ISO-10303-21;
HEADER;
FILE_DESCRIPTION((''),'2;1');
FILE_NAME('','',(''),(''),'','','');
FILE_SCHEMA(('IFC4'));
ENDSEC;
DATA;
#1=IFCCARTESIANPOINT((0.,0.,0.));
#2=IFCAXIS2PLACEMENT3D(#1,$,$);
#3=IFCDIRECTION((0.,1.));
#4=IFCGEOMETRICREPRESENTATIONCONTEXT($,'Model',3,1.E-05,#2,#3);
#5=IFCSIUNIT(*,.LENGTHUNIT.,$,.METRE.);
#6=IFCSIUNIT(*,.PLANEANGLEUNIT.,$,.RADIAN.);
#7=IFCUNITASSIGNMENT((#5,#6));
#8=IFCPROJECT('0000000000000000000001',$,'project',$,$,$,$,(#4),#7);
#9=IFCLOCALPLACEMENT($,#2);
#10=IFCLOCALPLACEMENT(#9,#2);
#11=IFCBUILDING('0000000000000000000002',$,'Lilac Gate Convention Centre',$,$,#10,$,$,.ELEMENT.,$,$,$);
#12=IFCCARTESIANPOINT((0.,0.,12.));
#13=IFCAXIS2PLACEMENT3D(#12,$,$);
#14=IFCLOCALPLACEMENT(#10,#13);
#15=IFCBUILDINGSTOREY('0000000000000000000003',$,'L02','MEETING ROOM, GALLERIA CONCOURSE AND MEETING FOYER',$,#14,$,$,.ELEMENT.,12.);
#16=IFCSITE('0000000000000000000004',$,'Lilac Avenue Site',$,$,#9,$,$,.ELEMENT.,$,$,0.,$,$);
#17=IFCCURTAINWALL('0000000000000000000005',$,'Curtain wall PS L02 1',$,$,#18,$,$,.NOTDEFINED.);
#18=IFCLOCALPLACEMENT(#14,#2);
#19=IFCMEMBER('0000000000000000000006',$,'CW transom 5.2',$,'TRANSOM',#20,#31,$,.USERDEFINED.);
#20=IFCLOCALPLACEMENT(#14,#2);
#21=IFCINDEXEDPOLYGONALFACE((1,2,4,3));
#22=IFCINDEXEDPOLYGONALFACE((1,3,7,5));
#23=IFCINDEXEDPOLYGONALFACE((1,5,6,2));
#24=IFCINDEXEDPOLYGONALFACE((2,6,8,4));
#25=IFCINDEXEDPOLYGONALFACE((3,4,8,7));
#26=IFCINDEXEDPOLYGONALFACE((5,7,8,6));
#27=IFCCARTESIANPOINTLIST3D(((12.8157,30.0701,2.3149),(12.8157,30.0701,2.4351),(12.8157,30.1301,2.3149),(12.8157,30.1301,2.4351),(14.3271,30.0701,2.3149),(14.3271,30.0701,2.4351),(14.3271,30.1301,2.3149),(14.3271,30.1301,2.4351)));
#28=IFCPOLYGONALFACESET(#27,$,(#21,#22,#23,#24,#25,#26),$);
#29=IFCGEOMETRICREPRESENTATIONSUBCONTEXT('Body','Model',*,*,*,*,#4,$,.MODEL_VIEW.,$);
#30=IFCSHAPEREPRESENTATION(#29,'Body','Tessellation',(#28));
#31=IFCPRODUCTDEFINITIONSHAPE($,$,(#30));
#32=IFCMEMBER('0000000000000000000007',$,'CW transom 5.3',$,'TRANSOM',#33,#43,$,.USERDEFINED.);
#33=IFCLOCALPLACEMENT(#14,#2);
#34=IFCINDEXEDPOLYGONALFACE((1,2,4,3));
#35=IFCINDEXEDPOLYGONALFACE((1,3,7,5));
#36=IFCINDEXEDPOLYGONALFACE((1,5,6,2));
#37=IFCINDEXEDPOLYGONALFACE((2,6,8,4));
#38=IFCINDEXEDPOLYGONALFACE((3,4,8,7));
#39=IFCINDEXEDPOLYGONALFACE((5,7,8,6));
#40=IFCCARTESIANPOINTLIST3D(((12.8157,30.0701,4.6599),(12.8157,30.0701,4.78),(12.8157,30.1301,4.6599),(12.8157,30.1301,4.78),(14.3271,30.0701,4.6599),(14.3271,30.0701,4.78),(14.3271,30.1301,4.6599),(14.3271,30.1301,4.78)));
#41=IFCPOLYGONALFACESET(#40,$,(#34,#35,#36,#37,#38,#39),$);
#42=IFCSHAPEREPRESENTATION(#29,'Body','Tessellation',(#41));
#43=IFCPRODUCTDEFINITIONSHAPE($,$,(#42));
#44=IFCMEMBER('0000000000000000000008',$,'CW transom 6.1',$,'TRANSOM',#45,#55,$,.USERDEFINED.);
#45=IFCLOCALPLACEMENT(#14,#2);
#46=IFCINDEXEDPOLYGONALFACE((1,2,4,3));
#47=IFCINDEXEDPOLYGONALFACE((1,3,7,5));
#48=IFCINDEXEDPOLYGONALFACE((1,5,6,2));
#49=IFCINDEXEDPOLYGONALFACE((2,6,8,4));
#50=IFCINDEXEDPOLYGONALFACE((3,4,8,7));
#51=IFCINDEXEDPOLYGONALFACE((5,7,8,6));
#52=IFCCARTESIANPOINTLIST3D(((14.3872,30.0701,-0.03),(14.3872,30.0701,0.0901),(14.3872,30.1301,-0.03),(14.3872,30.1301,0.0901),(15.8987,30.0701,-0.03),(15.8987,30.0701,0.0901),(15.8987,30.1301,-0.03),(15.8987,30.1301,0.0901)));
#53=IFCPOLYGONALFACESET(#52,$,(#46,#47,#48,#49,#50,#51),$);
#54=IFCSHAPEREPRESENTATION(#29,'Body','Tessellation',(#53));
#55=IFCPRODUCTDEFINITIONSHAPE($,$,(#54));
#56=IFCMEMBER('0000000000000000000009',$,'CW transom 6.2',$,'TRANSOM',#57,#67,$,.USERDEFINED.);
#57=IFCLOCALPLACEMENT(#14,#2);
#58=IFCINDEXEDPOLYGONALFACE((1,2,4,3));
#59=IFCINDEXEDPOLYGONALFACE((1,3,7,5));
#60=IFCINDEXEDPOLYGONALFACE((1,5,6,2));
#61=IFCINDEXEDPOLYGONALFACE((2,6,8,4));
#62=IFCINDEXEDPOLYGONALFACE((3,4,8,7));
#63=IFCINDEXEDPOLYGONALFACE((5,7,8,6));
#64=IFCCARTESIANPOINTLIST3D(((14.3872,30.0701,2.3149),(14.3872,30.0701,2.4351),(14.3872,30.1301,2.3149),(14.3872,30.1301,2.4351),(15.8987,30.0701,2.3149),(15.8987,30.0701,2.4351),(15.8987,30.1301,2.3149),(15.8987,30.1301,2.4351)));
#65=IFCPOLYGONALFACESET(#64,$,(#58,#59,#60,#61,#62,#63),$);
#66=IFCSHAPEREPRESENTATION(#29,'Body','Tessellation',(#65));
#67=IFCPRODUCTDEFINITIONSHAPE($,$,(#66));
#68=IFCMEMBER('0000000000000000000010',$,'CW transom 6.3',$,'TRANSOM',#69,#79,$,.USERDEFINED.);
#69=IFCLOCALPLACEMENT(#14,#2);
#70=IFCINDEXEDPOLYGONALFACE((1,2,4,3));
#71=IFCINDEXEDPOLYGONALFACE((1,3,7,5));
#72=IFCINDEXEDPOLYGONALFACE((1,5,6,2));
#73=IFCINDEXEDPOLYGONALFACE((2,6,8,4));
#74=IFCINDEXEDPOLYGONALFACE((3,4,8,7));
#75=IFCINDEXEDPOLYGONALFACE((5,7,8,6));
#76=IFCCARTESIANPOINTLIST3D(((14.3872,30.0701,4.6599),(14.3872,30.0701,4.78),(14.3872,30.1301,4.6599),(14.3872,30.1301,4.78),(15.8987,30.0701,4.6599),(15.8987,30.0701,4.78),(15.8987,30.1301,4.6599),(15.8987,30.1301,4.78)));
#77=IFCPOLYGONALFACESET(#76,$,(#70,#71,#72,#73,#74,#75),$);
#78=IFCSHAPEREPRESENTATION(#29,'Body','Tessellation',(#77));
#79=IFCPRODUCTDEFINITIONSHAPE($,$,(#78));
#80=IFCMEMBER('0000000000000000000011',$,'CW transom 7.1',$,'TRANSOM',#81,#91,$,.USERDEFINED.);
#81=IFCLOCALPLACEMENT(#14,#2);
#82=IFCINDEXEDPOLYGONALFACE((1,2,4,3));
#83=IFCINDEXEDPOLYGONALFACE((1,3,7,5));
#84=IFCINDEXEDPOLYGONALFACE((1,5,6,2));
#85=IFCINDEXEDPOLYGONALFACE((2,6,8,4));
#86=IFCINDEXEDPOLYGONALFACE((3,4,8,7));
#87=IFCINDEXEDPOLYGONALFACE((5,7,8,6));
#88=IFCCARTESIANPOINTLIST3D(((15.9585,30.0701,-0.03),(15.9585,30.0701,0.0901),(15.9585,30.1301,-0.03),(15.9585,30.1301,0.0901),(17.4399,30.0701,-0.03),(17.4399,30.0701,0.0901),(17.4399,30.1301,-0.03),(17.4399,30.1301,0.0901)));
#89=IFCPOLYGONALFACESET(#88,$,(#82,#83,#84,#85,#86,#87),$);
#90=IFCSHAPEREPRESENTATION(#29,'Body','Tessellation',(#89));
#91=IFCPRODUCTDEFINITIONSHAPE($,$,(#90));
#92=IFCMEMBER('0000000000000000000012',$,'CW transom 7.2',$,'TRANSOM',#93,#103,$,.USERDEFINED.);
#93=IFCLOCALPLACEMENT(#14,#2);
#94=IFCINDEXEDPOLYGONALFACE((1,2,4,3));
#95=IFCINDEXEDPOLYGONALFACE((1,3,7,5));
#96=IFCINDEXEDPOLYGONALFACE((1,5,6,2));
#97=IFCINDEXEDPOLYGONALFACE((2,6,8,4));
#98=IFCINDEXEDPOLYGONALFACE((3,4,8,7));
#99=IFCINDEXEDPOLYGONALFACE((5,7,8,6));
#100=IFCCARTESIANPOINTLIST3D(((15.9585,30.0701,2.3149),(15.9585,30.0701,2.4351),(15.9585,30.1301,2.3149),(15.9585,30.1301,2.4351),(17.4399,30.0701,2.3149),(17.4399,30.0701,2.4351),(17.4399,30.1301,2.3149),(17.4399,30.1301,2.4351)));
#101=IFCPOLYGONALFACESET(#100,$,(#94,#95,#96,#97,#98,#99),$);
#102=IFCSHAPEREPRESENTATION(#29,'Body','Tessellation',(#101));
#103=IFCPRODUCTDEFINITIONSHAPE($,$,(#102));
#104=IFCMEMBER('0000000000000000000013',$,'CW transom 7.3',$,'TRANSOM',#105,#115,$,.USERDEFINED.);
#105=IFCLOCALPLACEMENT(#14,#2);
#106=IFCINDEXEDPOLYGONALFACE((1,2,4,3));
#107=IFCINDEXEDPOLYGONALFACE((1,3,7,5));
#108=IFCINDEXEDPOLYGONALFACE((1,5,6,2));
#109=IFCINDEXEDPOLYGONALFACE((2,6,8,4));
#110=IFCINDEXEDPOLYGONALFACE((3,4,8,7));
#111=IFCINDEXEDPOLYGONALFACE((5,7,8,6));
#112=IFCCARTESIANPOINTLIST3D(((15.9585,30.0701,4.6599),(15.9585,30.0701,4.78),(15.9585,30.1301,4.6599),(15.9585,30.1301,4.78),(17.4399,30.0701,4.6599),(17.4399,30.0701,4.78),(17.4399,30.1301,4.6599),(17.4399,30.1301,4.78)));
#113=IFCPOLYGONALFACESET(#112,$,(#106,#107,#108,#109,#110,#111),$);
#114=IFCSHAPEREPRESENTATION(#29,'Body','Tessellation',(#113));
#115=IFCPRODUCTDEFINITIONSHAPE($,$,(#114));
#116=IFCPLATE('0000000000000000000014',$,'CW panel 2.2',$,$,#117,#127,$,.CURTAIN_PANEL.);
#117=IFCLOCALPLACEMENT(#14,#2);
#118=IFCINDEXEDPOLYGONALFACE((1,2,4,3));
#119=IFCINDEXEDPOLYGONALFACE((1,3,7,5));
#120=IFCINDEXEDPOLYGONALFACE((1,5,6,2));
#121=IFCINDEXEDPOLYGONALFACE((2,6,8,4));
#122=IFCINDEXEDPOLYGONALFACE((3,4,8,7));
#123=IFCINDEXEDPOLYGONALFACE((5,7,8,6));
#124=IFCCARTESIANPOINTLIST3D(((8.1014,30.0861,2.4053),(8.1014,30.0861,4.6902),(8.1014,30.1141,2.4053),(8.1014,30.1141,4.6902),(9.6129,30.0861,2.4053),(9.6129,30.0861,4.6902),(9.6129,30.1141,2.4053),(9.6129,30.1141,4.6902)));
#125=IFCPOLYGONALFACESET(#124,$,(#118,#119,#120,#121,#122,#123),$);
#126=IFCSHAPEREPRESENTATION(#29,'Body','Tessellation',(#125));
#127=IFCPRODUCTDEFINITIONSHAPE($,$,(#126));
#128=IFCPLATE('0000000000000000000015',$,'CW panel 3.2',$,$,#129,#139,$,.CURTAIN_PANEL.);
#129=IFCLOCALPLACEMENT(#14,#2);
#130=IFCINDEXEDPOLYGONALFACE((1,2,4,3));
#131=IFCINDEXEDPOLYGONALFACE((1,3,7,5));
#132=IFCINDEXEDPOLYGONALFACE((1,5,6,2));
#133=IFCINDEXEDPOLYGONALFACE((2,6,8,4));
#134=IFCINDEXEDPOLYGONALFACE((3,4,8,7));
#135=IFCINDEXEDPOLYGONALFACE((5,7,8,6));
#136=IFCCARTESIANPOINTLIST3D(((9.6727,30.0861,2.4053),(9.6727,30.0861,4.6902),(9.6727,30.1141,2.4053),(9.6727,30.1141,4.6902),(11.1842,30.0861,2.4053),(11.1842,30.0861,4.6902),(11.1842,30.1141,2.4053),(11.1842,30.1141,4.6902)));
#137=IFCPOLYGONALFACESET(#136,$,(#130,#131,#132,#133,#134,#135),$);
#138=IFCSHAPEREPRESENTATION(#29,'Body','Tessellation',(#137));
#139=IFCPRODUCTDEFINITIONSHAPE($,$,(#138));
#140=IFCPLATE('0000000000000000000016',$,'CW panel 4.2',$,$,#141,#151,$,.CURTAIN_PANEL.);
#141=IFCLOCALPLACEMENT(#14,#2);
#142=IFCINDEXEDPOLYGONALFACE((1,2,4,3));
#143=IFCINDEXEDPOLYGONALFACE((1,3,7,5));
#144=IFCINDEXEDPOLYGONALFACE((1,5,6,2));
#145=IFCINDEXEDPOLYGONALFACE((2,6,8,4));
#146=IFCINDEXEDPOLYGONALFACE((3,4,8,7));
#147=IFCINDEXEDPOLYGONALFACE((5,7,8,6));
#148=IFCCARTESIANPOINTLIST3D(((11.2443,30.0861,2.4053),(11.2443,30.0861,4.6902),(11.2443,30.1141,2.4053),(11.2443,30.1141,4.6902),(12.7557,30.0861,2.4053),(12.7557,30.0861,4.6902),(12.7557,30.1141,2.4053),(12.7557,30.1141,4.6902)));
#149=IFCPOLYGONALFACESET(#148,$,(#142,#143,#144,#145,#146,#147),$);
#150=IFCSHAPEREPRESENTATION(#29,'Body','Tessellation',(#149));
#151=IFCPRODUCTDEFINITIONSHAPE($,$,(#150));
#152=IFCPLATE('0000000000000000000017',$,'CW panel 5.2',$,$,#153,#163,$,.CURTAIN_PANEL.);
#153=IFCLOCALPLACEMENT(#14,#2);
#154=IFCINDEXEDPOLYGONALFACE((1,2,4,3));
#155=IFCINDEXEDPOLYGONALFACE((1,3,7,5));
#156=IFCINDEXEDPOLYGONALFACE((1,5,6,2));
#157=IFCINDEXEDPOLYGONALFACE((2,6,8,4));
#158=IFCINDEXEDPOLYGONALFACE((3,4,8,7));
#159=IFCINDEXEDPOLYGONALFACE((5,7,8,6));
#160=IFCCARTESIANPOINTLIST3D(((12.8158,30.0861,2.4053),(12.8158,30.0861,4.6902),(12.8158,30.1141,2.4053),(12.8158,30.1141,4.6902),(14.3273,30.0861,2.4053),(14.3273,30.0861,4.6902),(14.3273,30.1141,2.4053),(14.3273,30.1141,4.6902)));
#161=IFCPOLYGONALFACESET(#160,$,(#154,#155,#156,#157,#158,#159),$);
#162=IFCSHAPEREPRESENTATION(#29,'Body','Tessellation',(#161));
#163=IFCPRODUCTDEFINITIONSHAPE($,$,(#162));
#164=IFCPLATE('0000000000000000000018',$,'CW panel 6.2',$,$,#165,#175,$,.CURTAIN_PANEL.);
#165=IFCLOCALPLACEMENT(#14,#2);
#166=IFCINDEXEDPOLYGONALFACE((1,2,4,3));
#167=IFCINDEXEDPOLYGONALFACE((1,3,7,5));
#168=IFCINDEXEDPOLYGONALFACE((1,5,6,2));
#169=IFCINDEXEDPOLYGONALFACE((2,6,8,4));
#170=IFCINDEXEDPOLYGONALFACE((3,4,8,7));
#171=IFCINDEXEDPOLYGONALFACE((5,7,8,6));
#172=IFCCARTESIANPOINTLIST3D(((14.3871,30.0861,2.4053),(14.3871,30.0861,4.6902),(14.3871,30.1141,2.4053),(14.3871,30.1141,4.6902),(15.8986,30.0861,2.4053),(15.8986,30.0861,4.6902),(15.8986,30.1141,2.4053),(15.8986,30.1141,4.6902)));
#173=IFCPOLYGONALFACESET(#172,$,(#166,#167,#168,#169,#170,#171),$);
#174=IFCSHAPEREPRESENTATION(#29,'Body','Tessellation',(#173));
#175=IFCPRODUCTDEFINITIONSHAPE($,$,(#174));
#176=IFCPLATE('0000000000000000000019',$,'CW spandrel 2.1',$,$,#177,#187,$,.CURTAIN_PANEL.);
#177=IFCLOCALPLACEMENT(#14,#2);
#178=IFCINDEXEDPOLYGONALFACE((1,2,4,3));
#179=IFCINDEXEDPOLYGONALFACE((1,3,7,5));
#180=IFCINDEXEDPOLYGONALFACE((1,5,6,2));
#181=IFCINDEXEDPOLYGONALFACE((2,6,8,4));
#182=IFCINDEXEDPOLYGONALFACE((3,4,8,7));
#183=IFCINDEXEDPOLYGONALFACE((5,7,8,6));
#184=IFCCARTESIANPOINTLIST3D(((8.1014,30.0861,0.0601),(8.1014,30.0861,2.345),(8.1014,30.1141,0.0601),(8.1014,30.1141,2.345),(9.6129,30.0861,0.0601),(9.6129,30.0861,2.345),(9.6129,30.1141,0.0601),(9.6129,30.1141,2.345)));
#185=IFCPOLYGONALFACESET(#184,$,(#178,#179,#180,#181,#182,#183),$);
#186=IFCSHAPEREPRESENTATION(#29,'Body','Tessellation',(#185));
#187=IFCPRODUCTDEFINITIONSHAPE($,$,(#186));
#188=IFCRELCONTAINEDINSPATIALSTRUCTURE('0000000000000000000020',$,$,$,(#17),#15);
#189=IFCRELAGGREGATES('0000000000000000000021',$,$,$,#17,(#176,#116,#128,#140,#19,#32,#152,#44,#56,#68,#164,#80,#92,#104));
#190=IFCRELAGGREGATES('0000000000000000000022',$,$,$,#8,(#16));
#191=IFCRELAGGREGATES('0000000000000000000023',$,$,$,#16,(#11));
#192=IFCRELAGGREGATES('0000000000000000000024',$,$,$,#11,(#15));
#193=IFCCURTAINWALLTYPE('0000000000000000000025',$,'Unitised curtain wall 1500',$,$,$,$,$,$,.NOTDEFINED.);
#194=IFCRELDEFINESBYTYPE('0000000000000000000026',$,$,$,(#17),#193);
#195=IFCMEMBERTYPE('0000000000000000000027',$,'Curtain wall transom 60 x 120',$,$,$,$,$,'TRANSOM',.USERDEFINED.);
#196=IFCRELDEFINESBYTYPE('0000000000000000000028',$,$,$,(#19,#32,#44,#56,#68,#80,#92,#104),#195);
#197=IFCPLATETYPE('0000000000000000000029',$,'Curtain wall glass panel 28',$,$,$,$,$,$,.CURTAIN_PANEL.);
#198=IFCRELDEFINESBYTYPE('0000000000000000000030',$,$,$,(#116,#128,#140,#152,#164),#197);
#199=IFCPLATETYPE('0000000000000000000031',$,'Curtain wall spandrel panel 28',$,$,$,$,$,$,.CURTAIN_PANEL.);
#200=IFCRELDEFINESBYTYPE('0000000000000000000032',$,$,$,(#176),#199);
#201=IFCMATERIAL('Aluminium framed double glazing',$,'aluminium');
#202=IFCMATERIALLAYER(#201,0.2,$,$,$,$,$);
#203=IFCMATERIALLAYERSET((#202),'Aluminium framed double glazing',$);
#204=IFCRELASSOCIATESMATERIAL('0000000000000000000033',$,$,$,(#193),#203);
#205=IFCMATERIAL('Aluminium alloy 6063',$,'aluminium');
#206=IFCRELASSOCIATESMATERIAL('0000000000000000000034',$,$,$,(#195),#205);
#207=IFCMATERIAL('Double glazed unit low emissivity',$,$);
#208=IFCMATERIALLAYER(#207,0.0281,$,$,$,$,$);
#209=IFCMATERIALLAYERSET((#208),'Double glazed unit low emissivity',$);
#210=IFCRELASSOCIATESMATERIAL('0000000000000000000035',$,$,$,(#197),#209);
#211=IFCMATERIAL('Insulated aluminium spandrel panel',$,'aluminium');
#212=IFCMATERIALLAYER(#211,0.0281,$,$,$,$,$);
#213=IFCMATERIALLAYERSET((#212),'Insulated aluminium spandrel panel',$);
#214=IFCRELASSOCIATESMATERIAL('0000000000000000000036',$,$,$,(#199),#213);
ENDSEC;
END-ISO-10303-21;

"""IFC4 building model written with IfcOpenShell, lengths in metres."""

from ifc_helpers import new_model, si_unit, direction, frame, origin, origin_2d, place, context, subcontext, project, spatial, rectangle, extrude, material, layer, layer_set, material_profile, profile_set, type_object, element, aggregate, save


model = new_model("IFC4")

# Units and contexts
model_context = context("Model", 3, precision=1e-05, world=origin(), true_north=direction((0.0, 1.0)))
body_context = subcontext(model_context, "Body", "Model", "MODEL_VIEW")
ifc_project = project(units=[si_unit("LENGTHUNIT", "METRE"), si_unit("PLANEANGLEUNIT", "RADIAN")], contexts=[model_context])

# Site, building, storey
site_placement = place(None, origin())
site = spatial("IfcSite", under=ifc_project, at=site_placement, Name="Lilac Avenue Site", CompositionType="ELEMENT", RefElevation=0.0)
building_placement = place(site_placement, origin())
building = spatial("IfcBuilding", under=site, at=building_placement, Name="Lilac Gate Convention Centre", CompositionType="ELEMENT")
storey_placement = place(building_placement, frame((0.0, 0.0, 12.0)))
storey = spatial("IfcBuildingStorey", under=building, at=storey_placement, Name="L02", Description="MEETING ROOM, GALLERIA CONCOURSE AND MEETING FOYER", CompositionType="ELEMENT", Elevation=12.0)

# Curtain wall, members, plates
ifc_material_1 = material(Name="Aluminium framed double glazing", Category="aluminium")
ifc_layer_1 = layer(ifc_material_1, 0.2)
ifc_layer_set_1 = layer_set([ifc_layer_1], Name="Aluminium framed double glazing")
curtain_wall_type = type_object("IfcCurtainWallType", Name="Unitised curtain wall 1500", PredefinedType="NOTDEFINED", material=ifc_layer_set_1)
curtain_wall_placement = place(storey_placement, origin())
curtain_wall = element("IfcCurtainWall", 1, at=curtain_wall_placement, inside=storey, type_object=curtain_wall_type, Name="Curtain wall PS L02 1", PredefinedType="NOTDEFINED")
ifc_material_2 = material(Name="Aluminium alloy 6063", Category="aluminium")
ifc_material_profile_1 = material_profile(ifc_material_2, rectangle(XDim=0.0601, YDim=0.1201, at=origin_2d()), Name="Curtain wall transom 60 x 120")
ifc_profile_set_1 = profile_set([ifc_material_profile_1], Name="Aluminium alloy 6063")
member_type_1 = type_object("IfcMemberType", Name="Curtain wall transom 60 x 120", ElementType="TRANSOM", PredefinedType="USERDEFINED", material=ifc_profile_set_1)
member_1_placement = place(storey_placement, frame((12.8157, 30.1001, 2.375), z_axis=(1.0, 0.0, 0.0), x_axis=(0.0, 1.0, 0.0)))
member_1 = element("IfcMember", 2, at=member_1_placement, type_object=member_type_1, Name="CW transom 5.2", ObjectType="TRANSOM", PredefinedType="USERDEFINED", context=body_context, shape_type="SweptSolid", body=[
    extrude(rectangle(XDim=0.0601, YDim=0.1201, at=origin_2d()), origin(), (0.0, 0.0, 1.0), 1.5115),
])
member_2_placement = place(storey_placement, frame((12.8157, 30.1001, 4.72), z_axis=(1.0, 0.0, 0.0), x_axis=(0.0, 1.0, 0.0)))
member_2 = element("IfcMember", 3, at=member_2_placement, type_object=member_type_1, Name="CW transom 5.3", ObjectType="TRANSOM", PredefinedType="USERDEFINED", context=body_context, shape_type="SweptSolid", body=[
    extrude(rectangle(XDim=0.0601, YDim=0.1201, at=origin_2d()), origin(), (0.0, 0.0, 1.0), 1.5115),
])
member_3_placement = place(storey_placement, frame((14.3872, 30.1001, 0.03), z_axis=(1.0, 0.0, 0.0), x_axis=(0.0, 1.0, 0.0)))
member_3 = element("IfcMember", 4, at=member_3_placement, type_object=member_type_1, Name="CW transom 6.1", ObjectType="TRANSOM", PredefinedType="USERDEFINED", context=body_context, shape_type="SweptSolid", body=[
    extrude(rectangle(XDim=0.0601, YDim=0.1201, at=origin_2d()), origin(), (0.0, 0.0, 1.0), 1.5115),
])
member_4_placement = place(storey_placement, frame((14.3872, 30.1001, 2.375), z_axis=(1.0, 0.0, 0.0), x_axis=(0.0, 1.0, 0.0)))
member_4 = element("IfcMember", 5, at=member_4_placement, type_object=member_type_1, Name="CW transom 6.2", ObjectType="TRANSOM", PredefinedType="USERDEFINED", context=body_context, shape_type="SweptSolid", body=[
    extrude(rectangle(XDim=0.0601, YDim=0.1201, at=origin_2d()), origin(), (0.0, 0.0, 1.0), 1.5115),
])
member_5_placement = place(storey_placement, frame((14.3872, 30.1001, 4.72), z_axis=(1.0, 0.0, 0.0), x_axis=(0.0, 1.0, 0.0)))
member_5 = element("IfcMember", 6, at=member_5_placement, type_object=member_type_1, Name="CW transom 6.3", ObjectType="TRANSOM", PredefinedType="USERDEFINED", context=body_context, shape_type="SweptSolid", body=[
    extrude(rectangle(XDim=0.0601, YDim=0.1201, at=origin_2d()), origin(), (0.0, 0.0, 1.0), 1.5115),
])
member_6_placement = place(storey_placement, frame((15.9585, 30.1001, 0.03), z_axis=(1.0, 0.0, 0.0), x_axis=(0.0, 1.0, 0.0)))
member_6 = element("IfcMember", 7, at=member_6_placement, type_object=member_type_1, Name="CW transom 7.1", ObjectType="TRANSOM", PredefinedType="USERDEFINED", context=body_context, shape_type="SweptSolid", body=[
    extrude(rectangle(XDim=0.0601, YDim=0.1201, at=origin_2d()), origin(), (0.0, 0.0, 1.0), 1.4814),
])
member_7_placement = place(storey_placement, frame((15.9585, 30.1001, 2.375), z_axis=(1.0, 0.0, 0.0), x_axis=(0.0, 1.0, 0.0)))
member_7 = element("IfcMember", 8, at=member_7_placement, type_object=member_type_1, Name="CW transom 7.2", ObjectType="TRANSOM", PredefinedType="USERDEFINED", context=body_context, shape_type="SweptSolid", body=[
    extrude(rectangle(XDim=0.0601, YDim=0.1201, at=origin_2d()), origin(), (0.0, 0.0, 1.0), 1.4814),
])
member_8_placement = place(storey_placement, frame((15.9585, 30.1001, 4.72), z_axis=(1.0, 0.0, 0.0), x_axis=(0.0, 1.0, 0.0)))
member_8 = element("IfcMember", 9, at=member_8_placement, type_object=member_type_1, Name="CW transom 7.3", ObjectType="TRANSOM", PredefinedType="USERDEFINED", context=body_context, shape_type="SweptSolid", body=[
    extrude(rectangle(XDim=0.0601, YDim=0.1201, at=origin_2d()), origin(), (0.0, 0.0, 1.0), 1.4814),
])
ifc_material_3 = material(Name="Double glazed unit low emissivity")
ifc_layer_2 = layer(ifc_material_3, 0.0281)
ifc_layer_set_2 = layer_set([ifc_layer_2], Name="Double glazed unit low emissivity")
plate_type_1 = type_object("IfcPlateType", Name="Curtain wall glass panel 28", PredefinedType="CURTAIN_PANEL", material=ifc_layer_set_2)
plate_1_placement = place(storey_placement, frame((8.8572, 30.1001, 2.4053), z_axis=(0.0, 0.0, 1.0), x_axis=(1.0, 0.0, 0.0)))
plate_1 = element("IfcPlate", 10, at=plate_1_placement, type_object=plate_type_1, Name="CW panel 2.2", PredefinedType="CURTAIN_PANEL", context=body_context, shape_type="SweptSolid", body=[
    extrude(rectangle(XDim=1.5115, YDim=0.0281, at=origin_2d()), origin(), (0.0, 0.0, 1.0), 2.2849),
])
plate_2_placement = place(storey_placement, frame((10.4285, 30.1001, 2.4053), z_axis=(0.0, 0.0, 1.0), x_axis=(1.0, 0.0, 0.0)))
plate_2 = element("IfcPlate", 11, at=plate_2_placement, type_object=plate_type_1, Name="CW panel 3.2", PredefinedType="CURTAIN_PANEL", context=body_context, shape_type="SweptSolid", body=[
    extrude(rectangle(XDim=1.5115, YDim=0.0281, at=origin_2d()), origin(), (0.0, 0.0, 1.0), 2.2849),
])
plate_3_placement = place(storey_placement, frame((12.0, 30.1001, 2.4053), z_axis=(0.0, 0.0, 1.0), x_axis=(1.0, 0.0, 0.0)))
plate_3 = element("IfcPlate", 12, at=plate_3_placement, type_object=plate_type_1, Name="CW panel 4.2", PredefinedType="CURTAIN_PANEL", context=body_context, shape_type="SweptSolid", body=[
    extrude(rectangle(XDim=1.5115, YDim=0.0281, at=origin_2d()), origin(), (0.0, 0.0, 1.0), 2.2849),
])
plate_4_placement = place(storey_placement, frame((13.5715, 30.1001, 2.4053), z_axis=(0.0, 0.0, 1.0), x_axis=(1.0, 0.0, 0.0)))
plate_4 = element("IfcPlate", 13, at=plate_4_placement, type_object=plate_type_1, Name="CW panel 5.2", PredefinedType="CURTAIN_PANEL", context=body_context, shape_type="SweptSolid", body=[
    extrude(rectangle(XDim=1.5115, YDim=0.0281, at=origin_2d()), origin(), (0.0, 0.0, 1.0), 2.2849),
])
plate_5_placement = place(storey_placement, frame((15.1428, 30.1001, 2.4053), z_axis=(0.0, 0.0, 1.0), x_axis=(1.0, 0.0, 0.0)))
plate_5 = element("IfcPlate", 14, at=plate_5_placement, type_object=plate_type_1, Name="CW panel 6.2", PredefinedType="CURTAIN_PANEL", context=body_context, shape_type="SweptSolid", body=[
    extrude(rectangle(XDim=1.5115, YDim=0.0281, at=origin_2d()), origin(), (0.0, 0.0, 1.0), 2.2849),
])
ifc_material_4 = material(Name="Insulated aluminium spandrel panel", Category="aluminium")
ifc_layer_3 = layer(ifc_material_4, 0.0281)
ifc_layer_set_3 = layer_set([ifc_layer_3], Name="Insulated aluminium spandrel panel")
plate_type_2 = type_object("IfcPlateType", Name="Curtain wall spandrel panel 28", PredefinedType="CURTAIN_PANEL", material=ifc_layer_set_3)
plate_6_placement = place(storey_placement, frame((8.8572, 30.1001, 0.0601), z_axis=(0.0, 0.0, 1.0), x_axis=(1.0, 0.0, 0.0)))
plate_6 = element("IfcPlate", 15, at=plate_6_placement, type_object=plate_type_2, Name="CW spandrel 2.1", PredefinedType="CURTAIN_PANEL", context=body_context, shape_type="SweptSolid", body=[
    extrude(rectangle(XDim=1.5115, YDim=0.0281, at=origin_2d()), origin(), (0.0, 0.0, 1.0), 2.2849),
])
aggregate(curtain_wall, [plate_6, plate_1, plate_2, plate_3, member_1, member_2, plate_4, member_3, member_4, member_5, plate_5, member_6, member_7, member_8])

save(model, "model.ifc")
